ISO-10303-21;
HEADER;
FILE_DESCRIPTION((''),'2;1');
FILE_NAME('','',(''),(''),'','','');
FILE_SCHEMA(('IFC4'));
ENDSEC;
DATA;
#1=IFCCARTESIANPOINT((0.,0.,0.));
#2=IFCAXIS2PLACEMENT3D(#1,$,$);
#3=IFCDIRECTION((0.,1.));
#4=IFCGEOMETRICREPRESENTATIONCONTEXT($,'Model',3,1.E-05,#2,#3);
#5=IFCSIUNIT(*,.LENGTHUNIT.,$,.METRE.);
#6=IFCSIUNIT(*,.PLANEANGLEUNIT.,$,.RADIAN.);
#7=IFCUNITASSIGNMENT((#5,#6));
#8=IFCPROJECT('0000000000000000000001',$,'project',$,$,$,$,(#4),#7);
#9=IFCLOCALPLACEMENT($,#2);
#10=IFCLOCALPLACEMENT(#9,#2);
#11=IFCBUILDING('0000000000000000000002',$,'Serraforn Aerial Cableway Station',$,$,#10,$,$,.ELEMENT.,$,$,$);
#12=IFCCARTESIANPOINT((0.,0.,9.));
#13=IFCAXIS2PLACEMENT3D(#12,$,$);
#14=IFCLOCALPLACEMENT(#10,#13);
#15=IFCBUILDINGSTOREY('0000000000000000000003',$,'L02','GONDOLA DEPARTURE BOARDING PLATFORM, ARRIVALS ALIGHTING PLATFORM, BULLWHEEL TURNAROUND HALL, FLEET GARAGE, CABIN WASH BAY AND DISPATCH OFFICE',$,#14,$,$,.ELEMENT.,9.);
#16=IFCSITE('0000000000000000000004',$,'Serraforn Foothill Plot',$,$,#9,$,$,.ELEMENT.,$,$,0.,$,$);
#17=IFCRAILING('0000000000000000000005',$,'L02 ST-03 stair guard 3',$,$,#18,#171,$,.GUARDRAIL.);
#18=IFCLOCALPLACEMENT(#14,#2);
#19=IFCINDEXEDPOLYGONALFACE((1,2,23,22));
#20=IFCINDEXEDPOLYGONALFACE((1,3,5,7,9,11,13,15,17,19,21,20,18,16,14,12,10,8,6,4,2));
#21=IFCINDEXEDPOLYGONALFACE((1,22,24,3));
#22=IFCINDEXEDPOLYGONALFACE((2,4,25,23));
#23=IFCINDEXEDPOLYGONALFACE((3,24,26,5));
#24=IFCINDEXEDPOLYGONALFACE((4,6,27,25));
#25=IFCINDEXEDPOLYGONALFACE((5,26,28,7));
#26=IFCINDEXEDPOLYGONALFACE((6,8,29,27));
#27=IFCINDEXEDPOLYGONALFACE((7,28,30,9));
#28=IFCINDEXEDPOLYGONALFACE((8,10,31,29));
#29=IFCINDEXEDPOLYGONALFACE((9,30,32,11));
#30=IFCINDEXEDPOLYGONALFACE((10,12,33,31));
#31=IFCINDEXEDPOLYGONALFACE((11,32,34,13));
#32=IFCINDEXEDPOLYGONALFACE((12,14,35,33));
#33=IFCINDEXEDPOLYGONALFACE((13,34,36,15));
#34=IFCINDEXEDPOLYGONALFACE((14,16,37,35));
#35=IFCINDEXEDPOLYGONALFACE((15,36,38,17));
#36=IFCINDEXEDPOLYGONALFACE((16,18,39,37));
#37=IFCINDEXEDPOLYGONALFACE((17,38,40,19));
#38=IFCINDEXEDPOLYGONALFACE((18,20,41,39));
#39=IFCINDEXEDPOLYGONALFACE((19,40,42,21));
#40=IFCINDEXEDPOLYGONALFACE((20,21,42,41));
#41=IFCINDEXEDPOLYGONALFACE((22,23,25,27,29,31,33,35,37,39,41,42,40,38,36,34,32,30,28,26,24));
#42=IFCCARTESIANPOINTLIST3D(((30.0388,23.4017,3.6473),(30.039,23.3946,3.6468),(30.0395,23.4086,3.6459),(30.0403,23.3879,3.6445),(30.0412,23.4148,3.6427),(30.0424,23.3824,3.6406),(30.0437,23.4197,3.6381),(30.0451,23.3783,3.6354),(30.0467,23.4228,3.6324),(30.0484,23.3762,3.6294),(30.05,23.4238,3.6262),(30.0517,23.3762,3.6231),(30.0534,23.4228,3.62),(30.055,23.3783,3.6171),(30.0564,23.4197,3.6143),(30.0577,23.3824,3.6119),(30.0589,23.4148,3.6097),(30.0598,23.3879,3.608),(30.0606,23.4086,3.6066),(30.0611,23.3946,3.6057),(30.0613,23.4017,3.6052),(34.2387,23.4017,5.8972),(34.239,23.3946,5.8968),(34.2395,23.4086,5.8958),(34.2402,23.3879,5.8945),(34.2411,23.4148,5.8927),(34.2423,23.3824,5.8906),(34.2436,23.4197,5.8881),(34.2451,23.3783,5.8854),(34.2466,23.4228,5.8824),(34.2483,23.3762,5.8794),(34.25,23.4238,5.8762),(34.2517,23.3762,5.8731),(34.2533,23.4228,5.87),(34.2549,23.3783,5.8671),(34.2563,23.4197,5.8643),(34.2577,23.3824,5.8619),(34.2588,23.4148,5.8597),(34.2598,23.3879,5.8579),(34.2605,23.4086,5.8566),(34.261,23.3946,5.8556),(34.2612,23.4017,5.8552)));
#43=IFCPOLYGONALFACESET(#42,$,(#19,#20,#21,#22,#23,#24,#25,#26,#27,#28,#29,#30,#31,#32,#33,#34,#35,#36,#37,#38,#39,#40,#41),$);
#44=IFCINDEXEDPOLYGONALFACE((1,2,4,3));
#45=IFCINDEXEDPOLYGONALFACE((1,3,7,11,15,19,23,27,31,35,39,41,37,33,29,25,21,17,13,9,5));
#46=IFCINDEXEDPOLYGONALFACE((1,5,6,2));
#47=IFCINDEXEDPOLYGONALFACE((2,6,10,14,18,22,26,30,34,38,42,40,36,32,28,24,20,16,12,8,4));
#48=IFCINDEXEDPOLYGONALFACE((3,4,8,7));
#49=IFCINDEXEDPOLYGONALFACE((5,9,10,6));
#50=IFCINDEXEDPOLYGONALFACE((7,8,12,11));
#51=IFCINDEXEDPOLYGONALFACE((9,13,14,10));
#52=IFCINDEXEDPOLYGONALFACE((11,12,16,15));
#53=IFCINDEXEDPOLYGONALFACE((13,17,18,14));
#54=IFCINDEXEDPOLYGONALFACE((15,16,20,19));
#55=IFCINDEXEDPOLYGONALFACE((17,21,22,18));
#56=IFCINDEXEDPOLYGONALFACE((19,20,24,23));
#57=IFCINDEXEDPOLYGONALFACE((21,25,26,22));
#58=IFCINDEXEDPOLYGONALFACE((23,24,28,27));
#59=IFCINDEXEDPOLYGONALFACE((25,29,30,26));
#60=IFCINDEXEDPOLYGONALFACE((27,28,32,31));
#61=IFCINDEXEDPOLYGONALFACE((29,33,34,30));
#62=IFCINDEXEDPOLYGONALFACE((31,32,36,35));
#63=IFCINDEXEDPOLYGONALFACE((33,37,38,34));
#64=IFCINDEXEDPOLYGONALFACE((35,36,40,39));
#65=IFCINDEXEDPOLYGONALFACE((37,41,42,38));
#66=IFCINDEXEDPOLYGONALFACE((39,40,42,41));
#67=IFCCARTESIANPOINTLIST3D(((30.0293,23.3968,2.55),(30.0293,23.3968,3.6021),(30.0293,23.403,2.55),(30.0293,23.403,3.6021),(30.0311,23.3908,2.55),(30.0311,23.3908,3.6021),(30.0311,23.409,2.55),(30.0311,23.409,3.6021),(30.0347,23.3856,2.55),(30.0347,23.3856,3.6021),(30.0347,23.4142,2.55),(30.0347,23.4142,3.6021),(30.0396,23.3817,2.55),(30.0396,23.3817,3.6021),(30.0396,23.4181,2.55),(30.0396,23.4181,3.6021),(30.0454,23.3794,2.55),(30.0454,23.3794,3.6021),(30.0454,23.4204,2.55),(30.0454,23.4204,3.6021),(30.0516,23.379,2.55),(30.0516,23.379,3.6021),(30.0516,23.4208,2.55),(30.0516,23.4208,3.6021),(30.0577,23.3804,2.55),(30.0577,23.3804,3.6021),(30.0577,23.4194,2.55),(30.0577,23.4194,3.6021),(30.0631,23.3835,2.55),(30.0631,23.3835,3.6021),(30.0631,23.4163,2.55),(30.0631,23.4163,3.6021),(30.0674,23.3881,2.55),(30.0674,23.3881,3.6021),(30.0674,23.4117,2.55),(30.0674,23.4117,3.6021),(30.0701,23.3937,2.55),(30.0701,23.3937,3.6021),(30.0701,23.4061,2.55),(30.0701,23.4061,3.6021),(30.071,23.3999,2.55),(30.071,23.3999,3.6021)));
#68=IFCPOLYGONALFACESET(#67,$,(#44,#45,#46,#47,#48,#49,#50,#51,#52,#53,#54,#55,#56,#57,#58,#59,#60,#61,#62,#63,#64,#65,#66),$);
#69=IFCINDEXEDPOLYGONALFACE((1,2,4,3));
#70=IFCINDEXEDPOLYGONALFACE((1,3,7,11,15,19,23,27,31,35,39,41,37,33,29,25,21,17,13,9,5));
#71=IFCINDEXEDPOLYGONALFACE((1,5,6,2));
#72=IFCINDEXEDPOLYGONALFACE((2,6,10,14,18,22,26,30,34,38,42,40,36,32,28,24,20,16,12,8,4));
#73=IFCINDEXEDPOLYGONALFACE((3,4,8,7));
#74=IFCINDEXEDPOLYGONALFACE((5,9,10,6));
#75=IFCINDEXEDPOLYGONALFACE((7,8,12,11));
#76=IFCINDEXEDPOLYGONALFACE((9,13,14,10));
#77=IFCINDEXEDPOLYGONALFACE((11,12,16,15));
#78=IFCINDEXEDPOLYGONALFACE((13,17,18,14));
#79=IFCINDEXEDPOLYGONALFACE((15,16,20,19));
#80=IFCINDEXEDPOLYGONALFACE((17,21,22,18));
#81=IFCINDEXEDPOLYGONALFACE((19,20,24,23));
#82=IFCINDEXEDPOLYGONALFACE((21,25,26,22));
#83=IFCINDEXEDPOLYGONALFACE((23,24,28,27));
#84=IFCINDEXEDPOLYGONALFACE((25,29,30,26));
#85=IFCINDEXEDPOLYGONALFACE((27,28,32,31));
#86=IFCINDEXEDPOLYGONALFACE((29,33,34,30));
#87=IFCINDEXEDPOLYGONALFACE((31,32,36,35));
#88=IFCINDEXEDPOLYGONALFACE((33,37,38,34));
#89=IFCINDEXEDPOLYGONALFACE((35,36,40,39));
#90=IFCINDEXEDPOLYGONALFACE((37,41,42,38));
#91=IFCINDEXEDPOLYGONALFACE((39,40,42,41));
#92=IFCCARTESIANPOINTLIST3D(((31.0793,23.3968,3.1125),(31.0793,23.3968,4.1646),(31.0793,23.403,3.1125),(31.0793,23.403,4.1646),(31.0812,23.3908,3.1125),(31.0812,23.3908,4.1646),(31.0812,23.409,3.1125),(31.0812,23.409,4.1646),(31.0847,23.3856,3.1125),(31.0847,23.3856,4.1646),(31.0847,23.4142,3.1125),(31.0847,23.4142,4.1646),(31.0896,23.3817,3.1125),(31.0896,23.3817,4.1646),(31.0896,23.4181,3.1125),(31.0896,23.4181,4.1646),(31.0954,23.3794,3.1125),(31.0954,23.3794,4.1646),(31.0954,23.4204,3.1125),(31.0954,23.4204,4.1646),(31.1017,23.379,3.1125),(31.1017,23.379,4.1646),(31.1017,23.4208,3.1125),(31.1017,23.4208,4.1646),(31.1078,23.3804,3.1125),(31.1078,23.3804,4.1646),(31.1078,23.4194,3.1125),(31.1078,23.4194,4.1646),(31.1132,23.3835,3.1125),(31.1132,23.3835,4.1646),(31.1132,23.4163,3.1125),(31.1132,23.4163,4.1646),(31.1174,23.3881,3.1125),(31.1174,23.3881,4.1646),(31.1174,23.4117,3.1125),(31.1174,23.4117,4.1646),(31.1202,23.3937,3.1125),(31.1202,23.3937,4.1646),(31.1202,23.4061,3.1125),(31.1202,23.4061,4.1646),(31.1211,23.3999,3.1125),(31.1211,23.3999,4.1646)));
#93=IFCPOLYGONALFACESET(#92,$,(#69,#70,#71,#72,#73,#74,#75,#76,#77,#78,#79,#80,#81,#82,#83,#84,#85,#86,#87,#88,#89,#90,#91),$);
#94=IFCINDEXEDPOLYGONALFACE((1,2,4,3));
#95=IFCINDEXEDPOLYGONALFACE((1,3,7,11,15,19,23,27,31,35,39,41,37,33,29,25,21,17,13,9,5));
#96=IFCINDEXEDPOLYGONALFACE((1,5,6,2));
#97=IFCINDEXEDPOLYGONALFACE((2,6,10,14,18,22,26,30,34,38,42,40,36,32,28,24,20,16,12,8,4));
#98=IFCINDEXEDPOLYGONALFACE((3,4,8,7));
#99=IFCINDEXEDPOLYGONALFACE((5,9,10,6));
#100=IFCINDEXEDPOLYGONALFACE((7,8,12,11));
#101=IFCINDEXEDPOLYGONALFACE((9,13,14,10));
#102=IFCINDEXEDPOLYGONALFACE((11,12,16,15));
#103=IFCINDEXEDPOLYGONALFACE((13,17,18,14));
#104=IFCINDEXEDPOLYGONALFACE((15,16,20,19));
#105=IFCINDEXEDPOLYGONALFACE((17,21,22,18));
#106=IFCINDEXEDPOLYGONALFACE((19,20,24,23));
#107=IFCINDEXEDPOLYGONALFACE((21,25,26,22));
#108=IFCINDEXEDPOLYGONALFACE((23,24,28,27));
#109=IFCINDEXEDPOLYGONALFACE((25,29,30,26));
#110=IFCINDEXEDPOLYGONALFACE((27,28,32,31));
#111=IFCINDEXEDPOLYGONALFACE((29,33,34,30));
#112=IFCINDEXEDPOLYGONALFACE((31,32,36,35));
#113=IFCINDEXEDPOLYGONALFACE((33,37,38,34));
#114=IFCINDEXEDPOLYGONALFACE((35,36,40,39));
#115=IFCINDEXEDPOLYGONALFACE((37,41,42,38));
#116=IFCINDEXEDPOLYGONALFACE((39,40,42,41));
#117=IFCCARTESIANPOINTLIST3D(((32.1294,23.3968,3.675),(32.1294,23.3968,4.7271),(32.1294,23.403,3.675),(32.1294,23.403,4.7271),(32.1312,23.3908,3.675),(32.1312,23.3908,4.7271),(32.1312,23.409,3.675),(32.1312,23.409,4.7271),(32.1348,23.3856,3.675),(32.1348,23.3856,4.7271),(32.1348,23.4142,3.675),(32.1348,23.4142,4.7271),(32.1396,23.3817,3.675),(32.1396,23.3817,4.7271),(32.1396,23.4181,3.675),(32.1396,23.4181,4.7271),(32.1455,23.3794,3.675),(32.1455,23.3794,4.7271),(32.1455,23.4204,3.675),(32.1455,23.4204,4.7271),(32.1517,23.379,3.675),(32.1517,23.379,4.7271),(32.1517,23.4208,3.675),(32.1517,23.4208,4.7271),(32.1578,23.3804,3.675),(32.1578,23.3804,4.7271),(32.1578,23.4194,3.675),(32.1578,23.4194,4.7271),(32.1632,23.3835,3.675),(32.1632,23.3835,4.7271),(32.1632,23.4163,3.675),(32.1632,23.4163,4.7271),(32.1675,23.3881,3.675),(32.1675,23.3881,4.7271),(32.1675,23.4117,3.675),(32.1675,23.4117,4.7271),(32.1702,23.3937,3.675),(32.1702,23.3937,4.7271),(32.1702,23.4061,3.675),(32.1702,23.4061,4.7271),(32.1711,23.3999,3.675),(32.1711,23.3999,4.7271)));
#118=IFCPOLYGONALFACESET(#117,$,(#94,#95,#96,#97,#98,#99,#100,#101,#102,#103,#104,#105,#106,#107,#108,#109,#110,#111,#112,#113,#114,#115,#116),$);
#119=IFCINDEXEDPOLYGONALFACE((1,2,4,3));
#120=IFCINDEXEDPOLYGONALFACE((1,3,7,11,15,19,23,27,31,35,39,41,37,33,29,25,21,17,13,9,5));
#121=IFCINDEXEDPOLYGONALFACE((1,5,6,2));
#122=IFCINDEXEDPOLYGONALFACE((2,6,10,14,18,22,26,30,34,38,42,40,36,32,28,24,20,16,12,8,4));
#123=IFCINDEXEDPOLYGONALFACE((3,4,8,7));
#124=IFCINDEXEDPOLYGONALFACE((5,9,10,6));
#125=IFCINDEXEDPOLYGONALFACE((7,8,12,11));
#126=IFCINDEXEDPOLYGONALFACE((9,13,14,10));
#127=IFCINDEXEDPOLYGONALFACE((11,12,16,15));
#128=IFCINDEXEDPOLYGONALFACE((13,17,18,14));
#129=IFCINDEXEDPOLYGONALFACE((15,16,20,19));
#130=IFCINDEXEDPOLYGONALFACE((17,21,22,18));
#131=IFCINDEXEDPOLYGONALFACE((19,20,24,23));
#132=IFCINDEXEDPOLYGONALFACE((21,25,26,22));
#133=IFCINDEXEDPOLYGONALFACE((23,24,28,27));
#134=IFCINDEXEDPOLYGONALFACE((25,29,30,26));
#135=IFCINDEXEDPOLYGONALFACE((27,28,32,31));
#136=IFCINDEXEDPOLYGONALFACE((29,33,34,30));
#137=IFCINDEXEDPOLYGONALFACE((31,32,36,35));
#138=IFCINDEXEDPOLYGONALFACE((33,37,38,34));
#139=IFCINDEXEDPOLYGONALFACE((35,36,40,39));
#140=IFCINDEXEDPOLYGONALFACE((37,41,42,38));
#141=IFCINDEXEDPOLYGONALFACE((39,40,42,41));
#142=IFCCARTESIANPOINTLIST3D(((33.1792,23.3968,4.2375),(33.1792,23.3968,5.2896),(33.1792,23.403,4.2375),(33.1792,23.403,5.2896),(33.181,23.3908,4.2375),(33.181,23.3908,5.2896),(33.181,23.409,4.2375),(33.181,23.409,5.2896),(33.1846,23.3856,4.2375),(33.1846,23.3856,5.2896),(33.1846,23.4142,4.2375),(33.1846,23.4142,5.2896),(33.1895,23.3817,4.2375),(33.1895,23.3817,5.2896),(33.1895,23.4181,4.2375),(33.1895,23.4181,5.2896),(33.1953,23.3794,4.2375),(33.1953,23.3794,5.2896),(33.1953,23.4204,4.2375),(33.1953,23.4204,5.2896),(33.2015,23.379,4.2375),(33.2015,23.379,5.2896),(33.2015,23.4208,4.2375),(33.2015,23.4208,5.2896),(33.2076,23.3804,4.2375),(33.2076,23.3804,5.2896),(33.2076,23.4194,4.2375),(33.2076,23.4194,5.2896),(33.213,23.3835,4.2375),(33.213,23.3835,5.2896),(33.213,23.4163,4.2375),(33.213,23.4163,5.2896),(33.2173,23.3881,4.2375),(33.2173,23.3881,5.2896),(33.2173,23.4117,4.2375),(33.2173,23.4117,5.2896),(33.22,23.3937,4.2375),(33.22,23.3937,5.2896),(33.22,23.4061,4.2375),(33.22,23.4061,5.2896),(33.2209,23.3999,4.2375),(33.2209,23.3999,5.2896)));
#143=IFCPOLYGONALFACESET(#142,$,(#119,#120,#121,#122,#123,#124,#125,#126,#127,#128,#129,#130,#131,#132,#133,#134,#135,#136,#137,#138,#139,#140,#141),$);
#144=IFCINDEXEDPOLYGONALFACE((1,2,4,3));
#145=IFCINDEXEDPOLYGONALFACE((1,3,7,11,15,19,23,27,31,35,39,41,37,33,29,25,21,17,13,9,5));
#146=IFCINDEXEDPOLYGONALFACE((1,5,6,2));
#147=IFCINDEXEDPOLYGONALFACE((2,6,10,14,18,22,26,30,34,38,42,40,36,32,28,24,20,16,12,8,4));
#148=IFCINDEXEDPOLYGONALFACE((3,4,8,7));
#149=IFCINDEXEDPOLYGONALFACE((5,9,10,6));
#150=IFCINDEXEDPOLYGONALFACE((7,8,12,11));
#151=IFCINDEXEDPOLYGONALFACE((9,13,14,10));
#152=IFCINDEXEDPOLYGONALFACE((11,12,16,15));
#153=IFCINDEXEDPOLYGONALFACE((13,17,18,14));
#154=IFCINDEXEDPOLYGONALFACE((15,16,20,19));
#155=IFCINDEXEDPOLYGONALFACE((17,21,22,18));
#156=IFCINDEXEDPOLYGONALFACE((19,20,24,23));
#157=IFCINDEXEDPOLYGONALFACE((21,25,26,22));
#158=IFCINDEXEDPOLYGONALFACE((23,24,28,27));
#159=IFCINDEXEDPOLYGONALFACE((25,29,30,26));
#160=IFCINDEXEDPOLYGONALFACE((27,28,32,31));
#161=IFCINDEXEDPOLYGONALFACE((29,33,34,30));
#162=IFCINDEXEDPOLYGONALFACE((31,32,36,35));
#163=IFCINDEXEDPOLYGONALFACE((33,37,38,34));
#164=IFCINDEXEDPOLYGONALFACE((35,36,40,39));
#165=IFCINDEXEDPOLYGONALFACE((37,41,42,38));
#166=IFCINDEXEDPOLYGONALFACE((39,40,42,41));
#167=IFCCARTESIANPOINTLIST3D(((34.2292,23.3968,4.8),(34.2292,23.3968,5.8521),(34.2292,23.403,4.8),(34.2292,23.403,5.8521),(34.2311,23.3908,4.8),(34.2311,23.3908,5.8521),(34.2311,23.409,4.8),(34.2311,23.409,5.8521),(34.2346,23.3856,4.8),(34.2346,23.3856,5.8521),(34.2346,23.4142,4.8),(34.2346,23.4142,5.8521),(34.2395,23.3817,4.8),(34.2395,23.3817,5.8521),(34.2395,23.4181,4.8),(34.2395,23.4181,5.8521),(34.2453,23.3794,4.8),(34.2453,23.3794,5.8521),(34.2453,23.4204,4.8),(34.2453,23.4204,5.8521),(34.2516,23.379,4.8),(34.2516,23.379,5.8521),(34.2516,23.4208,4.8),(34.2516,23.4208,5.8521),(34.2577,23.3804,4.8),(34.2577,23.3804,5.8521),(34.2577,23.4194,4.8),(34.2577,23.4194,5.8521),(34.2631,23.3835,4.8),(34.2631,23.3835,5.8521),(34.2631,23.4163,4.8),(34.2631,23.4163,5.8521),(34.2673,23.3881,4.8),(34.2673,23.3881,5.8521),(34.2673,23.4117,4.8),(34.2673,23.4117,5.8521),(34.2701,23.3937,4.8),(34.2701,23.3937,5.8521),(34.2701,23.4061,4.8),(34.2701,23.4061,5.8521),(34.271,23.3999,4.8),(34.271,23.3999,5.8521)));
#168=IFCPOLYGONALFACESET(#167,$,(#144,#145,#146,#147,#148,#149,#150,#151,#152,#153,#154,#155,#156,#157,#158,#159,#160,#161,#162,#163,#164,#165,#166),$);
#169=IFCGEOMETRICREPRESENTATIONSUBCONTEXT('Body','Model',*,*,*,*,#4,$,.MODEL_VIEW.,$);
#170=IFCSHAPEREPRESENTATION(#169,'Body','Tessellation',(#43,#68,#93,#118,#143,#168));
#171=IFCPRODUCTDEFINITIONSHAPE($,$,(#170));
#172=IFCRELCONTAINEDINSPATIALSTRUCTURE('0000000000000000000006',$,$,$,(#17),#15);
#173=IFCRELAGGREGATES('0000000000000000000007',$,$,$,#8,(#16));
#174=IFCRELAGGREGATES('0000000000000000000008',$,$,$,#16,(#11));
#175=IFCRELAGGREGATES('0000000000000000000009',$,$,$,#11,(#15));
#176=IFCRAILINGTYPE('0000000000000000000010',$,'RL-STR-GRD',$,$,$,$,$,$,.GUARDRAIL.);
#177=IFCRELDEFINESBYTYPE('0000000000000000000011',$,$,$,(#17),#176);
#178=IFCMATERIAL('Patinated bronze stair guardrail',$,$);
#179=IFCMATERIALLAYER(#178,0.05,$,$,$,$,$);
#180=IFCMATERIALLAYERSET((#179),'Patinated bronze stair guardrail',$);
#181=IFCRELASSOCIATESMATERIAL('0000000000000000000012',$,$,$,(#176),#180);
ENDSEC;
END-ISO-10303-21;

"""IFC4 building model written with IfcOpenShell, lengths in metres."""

from ifc_helpers import new_model, si_unit, direction, frame, origin, origin_2d, place, context, subcontext, project, spatial, circle, extrude, material, layer, layer_set, type_object, element, save


model = new_model("IFC4")

# Units and contexts
model_context = context("Model", 3, precision=1e-05, world=origin(), true_north=direction((0.0, 1.0)))
body_context = subcontext(model_context, "Body", "Model", "MODEL_VIEW")
ifc_project = project(units=[si_unit("LENGTHUNIT", "METRE"), si_unit("PLANEANGLEUNIT", "RADIAN")], contexts=[model_context])

# Site, building, storey
site_placement = place(None, origin())
site = spatial("IfcSite", under=ifc_project, at=site_placement, Name="Serraforn Foothill Plot", CompositionType="ELEMENT", RefElevation=0.0)
building_placement = place(site_placement, origin())
building = spatial("IfcBuilding", under=site, at=building_placement, Name="Serraforn Aerial Cableway Station", CompositionType="ELEMENT")
storey_placement = place(building_placement, frame((0.0, 0.0, 9.0)))
storey = spatial("IfcBuildingStorey", under=building, at=storey_placement, Name="L02", Description="GONDOLA DEPARTURE BOARDING PLATFORM, ARRIVALS ALIGHTING PLATFORM, BULLWHEEL TURNAROUND HALL, FLEET GARAGE, CABIN WASH BAY AND DISPATCH OFFICE", CompositionType="ELEMENT", Elevation=9.0)

# Railing
ifc_material_1 = material(Name="Patinated bronze stair guardrail")
ifc_layer_1 = layer(ifc_material_1, 0.05)
ifc_layer_set_1 = layer_set([ifc_layer_1], Name="Patinated bronze stair guardrail")
railing_type_1 = type_object("IfcRailingType", Name="RL-STR-GRD", PredefinedType="GUARDRAIL", material=ifc_layer_set_1)
railing_1_placement = place(storey_placement, frame((30.05, 23.3999, 2.55)))
element("IfcRailing", 1, at=railing_1_placement, inside=storey, type_object=railing_type_1, Name="L02 ST-03 stair guard 3", PredefinedType="GUARDRAIL", context=body_context, shape_type="SweptSolid", body=[
    extrude(circle(Radius=0.0239, at=origin_2d()), frame((0.0, 0.0, 1.0762), z_axis=(0.881478, 0.0, 0.472226), x_axis=(0.0, 1.0, 0.0)), (0.0, 0.0, 1.0), 4.7646),
    extrude(circle(Radius=0.021, at=origin_2d()), origin(), (0.0, 0.0, 1.0), 1.052),
    extrude(circle(Radius=0.021, at=origin_2d()), frame((1.05, 0.0, 0.5625)), (0.0, 0.0, 1.0), 1.052),
    extrude(circle(Radius=0.021, at=origin_2d()), frame((2.1001, 0.0, 1.125)), (0.0, 0.0, 1.0), 1.052),
    extrude(circle(Radius=0.021, at=origin_2d()), frame((3.1499, 0.0, 1.6875)), (0.0, 0.0, 1.0), 1.052),
    extrude(circle(Radius=0.021, at=origin_2d()), frame((4.2, 0.0, 2.25)), (0.0, 0.0, 1.0), 1.052),
])

save(model, "model.ifc")
